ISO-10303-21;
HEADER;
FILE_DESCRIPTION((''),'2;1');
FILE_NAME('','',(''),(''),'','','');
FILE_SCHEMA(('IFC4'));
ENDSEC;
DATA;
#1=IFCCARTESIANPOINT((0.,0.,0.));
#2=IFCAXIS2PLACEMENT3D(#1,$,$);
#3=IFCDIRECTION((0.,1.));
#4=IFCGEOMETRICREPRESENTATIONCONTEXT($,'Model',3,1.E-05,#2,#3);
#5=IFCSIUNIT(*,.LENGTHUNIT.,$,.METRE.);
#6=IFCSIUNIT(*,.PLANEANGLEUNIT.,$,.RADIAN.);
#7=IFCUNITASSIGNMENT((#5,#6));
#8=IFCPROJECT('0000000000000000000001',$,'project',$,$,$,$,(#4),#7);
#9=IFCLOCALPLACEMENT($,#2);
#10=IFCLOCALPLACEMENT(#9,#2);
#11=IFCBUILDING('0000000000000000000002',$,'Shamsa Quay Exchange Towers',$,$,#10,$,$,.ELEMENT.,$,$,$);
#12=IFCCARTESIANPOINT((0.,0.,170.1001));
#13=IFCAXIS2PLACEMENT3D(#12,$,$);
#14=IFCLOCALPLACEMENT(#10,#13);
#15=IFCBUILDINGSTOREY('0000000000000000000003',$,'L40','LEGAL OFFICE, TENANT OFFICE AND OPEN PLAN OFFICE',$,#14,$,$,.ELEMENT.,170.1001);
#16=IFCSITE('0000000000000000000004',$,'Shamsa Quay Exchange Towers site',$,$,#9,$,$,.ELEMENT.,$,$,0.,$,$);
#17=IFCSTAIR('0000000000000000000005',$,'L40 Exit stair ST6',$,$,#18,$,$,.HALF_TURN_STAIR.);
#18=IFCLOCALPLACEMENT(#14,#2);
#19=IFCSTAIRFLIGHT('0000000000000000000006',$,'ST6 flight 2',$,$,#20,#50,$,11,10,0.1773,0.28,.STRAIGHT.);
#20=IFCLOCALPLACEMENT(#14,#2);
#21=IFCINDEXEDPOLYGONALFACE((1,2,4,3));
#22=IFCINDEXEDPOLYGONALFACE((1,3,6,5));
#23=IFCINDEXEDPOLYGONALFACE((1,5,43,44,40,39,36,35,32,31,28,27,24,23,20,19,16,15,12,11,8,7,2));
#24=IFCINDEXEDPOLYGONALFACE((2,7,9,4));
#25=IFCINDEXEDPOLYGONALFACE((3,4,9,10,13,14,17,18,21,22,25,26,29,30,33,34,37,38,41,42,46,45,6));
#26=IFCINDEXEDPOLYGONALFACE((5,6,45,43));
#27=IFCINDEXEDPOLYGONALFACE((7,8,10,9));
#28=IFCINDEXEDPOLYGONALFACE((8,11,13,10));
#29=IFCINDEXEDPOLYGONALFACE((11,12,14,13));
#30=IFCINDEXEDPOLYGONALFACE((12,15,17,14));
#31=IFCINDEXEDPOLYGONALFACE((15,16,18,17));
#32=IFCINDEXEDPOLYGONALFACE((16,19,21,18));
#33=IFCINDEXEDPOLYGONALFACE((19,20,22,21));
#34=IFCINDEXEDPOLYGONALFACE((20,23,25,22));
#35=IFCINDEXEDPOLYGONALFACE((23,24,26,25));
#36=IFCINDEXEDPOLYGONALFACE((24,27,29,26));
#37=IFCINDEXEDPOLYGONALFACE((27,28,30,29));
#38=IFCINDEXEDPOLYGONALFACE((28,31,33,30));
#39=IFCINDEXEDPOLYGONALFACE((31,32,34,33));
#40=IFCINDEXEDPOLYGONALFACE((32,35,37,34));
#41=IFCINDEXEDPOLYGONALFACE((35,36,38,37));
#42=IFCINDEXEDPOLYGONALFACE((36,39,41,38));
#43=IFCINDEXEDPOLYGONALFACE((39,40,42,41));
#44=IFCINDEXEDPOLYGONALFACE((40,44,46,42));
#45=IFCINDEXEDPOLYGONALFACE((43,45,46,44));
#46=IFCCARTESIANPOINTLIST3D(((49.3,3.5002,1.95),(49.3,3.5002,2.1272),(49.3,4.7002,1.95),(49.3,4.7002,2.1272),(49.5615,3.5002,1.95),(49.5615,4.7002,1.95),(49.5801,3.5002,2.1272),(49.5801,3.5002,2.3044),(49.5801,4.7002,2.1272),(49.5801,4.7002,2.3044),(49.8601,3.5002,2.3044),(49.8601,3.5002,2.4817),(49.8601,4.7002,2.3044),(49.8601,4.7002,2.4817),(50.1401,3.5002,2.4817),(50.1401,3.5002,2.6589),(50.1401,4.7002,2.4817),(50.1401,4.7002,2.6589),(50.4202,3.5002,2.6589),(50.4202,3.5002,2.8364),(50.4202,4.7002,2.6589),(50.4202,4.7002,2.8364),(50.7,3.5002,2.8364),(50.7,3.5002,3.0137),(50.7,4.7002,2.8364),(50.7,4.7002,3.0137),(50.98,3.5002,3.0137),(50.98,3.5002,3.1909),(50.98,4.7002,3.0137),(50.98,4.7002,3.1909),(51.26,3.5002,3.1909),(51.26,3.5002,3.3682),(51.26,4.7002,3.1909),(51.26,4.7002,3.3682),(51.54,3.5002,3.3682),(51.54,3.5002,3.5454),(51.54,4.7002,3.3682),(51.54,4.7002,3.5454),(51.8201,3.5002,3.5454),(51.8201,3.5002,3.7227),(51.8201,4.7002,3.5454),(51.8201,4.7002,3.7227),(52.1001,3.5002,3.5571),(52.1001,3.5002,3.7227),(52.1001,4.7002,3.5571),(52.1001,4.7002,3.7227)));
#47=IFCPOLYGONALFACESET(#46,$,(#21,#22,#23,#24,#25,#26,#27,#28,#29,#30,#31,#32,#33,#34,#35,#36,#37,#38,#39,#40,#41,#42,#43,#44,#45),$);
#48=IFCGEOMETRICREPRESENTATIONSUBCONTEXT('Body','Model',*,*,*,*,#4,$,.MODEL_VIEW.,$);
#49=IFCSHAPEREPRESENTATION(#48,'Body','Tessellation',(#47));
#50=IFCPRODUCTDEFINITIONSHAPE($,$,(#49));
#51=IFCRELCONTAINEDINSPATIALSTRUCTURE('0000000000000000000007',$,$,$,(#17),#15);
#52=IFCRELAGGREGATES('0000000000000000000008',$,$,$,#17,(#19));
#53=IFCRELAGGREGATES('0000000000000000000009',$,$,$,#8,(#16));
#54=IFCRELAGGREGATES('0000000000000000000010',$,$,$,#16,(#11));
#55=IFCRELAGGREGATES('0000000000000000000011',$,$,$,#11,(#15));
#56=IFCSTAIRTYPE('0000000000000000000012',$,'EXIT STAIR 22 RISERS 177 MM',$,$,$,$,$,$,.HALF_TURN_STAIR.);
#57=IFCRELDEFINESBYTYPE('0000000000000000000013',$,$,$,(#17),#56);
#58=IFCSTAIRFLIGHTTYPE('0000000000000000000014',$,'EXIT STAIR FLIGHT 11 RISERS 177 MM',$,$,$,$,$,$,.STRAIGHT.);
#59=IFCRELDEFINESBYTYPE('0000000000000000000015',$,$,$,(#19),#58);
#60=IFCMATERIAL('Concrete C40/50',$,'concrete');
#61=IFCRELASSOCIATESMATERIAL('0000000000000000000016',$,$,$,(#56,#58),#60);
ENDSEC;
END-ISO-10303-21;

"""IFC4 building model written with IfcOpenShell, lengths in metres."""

from ifc_helpers import new_model, si_unit, direction, frame, origin, place, context, subcontext, project, spatial, polyline, outline, extrude, material, type_object, element, aggregate, save


model = new_model("IFC4")

# Units and contexts
model_context = context("Model", 3, precision=1e-05, world=origin(), true_north=direction((0.0, 1.0)))
body_context = subcontext(model_context, "Body", "Model", "MODEL_VIEW")
ifc_project = project(units=[si_unit("LENGTHUNIT", "METRE"), si_unit("PLANEANGLEUNIT", "RADIAN")], contexts=[model_context])

# Site, building, storey
site_placement = place(None, origin())
site = spatial("IfcSite", under=ifc_project, at=site_placement, Name="Shamsa Quay Exchange Towers site", CompositionType="ELEMENT", RefElevation=0.0)
building_placement = place(site_placement, origin())
building = spatial("IfcBuilding", under=site, at=building_placement, Name="Shamsa Quay Exchange Towers", CompositionType="ELEMENT")
storey_placement = place(building_placement, frame((0.0, 0.0, 170.1001)))
storey = spatial("IfcBuildingStorey", under=building, at=storey_placement, Name="L40", Description="LEGAL OFFICE, TENANT OFFICE AND OPEN PLAN OFFICE", CompositionType="ELEMENT", Elevation=170.1001)

# Stair, stair flight
ifc_material_1 = material(Name="Concrete C40/50", Category="concrete")
stair_type = type_object("IfcStairType", Name="EXIT STAIR 22 RISERS 177 MM", PredefinedType="HALF_TURN_STAIR", material=ifc_material_1)
stair_placement = place(storey_placement, origin())
stair = element("IfcStair", 1, at=stair_placement, inside=storey, type_object=stair_type, Name="L40 Exit stair ST6", PredefinedType="HALF_TURN_STAIR")
stair_flight_type = type_object("IfcStairFlightType", Name="EXIT STAIR FLIGHT 11 RISERS 177 MM", PredefinedType="STRAIGHT", material=ifc_material_1)
stair_flight_1_placement = place(storey_placement, frame((49.3, 4.1001, 1.95)))
stair_flight_1 = element("IfcStairFlight", 2, at=stair_flight_1_placement, type_object=stair_flight_type, Name="ST6 flight 2", NumberOfRisers=11, NumberOfTreads=10, PredefinedType="STRAIGHT", RiserHeight=0.1773, TreadLength=0.28, context=body_context, shape_type="SweptSolid", body=[
    extrude(outline(polyline([(0.0, 0.0), (0.0, 0.1772), (0.28, 0.1772), (0.28, 0.3545), (0.5601, 0.3545), (0.5601, 0.5317), (0.8401, 0.5317), (0.8401, 0.709), (1.1201, 0.709), (1.1201, 0.8865), (1.3999, 0.8865), (1.3999, 1.0637), (1.6799, 1.0637), (1.6799, 1.241), (1.96, 1.241), (1.96, 1.4182), (2.24, 1.4182), (2.24, 1.5955), (2.52, 1.5955), (2.52, 1.7727), (2.8, 1.7727), (2.8, 1.95), (2.8, 1.6072), (0.2615, 0.0), (0.0, 0.0)])), frame((0.0, 0.6001, 0.0), z_axis=(0.0, -1.0, 0.0), x_axis=(1.0, 0.0, 0.0)), (0.0, 0.0, 1.0), 1.2),
])
aggregate(stair, [stair_flight_1])

save(model, "model.ifc")
